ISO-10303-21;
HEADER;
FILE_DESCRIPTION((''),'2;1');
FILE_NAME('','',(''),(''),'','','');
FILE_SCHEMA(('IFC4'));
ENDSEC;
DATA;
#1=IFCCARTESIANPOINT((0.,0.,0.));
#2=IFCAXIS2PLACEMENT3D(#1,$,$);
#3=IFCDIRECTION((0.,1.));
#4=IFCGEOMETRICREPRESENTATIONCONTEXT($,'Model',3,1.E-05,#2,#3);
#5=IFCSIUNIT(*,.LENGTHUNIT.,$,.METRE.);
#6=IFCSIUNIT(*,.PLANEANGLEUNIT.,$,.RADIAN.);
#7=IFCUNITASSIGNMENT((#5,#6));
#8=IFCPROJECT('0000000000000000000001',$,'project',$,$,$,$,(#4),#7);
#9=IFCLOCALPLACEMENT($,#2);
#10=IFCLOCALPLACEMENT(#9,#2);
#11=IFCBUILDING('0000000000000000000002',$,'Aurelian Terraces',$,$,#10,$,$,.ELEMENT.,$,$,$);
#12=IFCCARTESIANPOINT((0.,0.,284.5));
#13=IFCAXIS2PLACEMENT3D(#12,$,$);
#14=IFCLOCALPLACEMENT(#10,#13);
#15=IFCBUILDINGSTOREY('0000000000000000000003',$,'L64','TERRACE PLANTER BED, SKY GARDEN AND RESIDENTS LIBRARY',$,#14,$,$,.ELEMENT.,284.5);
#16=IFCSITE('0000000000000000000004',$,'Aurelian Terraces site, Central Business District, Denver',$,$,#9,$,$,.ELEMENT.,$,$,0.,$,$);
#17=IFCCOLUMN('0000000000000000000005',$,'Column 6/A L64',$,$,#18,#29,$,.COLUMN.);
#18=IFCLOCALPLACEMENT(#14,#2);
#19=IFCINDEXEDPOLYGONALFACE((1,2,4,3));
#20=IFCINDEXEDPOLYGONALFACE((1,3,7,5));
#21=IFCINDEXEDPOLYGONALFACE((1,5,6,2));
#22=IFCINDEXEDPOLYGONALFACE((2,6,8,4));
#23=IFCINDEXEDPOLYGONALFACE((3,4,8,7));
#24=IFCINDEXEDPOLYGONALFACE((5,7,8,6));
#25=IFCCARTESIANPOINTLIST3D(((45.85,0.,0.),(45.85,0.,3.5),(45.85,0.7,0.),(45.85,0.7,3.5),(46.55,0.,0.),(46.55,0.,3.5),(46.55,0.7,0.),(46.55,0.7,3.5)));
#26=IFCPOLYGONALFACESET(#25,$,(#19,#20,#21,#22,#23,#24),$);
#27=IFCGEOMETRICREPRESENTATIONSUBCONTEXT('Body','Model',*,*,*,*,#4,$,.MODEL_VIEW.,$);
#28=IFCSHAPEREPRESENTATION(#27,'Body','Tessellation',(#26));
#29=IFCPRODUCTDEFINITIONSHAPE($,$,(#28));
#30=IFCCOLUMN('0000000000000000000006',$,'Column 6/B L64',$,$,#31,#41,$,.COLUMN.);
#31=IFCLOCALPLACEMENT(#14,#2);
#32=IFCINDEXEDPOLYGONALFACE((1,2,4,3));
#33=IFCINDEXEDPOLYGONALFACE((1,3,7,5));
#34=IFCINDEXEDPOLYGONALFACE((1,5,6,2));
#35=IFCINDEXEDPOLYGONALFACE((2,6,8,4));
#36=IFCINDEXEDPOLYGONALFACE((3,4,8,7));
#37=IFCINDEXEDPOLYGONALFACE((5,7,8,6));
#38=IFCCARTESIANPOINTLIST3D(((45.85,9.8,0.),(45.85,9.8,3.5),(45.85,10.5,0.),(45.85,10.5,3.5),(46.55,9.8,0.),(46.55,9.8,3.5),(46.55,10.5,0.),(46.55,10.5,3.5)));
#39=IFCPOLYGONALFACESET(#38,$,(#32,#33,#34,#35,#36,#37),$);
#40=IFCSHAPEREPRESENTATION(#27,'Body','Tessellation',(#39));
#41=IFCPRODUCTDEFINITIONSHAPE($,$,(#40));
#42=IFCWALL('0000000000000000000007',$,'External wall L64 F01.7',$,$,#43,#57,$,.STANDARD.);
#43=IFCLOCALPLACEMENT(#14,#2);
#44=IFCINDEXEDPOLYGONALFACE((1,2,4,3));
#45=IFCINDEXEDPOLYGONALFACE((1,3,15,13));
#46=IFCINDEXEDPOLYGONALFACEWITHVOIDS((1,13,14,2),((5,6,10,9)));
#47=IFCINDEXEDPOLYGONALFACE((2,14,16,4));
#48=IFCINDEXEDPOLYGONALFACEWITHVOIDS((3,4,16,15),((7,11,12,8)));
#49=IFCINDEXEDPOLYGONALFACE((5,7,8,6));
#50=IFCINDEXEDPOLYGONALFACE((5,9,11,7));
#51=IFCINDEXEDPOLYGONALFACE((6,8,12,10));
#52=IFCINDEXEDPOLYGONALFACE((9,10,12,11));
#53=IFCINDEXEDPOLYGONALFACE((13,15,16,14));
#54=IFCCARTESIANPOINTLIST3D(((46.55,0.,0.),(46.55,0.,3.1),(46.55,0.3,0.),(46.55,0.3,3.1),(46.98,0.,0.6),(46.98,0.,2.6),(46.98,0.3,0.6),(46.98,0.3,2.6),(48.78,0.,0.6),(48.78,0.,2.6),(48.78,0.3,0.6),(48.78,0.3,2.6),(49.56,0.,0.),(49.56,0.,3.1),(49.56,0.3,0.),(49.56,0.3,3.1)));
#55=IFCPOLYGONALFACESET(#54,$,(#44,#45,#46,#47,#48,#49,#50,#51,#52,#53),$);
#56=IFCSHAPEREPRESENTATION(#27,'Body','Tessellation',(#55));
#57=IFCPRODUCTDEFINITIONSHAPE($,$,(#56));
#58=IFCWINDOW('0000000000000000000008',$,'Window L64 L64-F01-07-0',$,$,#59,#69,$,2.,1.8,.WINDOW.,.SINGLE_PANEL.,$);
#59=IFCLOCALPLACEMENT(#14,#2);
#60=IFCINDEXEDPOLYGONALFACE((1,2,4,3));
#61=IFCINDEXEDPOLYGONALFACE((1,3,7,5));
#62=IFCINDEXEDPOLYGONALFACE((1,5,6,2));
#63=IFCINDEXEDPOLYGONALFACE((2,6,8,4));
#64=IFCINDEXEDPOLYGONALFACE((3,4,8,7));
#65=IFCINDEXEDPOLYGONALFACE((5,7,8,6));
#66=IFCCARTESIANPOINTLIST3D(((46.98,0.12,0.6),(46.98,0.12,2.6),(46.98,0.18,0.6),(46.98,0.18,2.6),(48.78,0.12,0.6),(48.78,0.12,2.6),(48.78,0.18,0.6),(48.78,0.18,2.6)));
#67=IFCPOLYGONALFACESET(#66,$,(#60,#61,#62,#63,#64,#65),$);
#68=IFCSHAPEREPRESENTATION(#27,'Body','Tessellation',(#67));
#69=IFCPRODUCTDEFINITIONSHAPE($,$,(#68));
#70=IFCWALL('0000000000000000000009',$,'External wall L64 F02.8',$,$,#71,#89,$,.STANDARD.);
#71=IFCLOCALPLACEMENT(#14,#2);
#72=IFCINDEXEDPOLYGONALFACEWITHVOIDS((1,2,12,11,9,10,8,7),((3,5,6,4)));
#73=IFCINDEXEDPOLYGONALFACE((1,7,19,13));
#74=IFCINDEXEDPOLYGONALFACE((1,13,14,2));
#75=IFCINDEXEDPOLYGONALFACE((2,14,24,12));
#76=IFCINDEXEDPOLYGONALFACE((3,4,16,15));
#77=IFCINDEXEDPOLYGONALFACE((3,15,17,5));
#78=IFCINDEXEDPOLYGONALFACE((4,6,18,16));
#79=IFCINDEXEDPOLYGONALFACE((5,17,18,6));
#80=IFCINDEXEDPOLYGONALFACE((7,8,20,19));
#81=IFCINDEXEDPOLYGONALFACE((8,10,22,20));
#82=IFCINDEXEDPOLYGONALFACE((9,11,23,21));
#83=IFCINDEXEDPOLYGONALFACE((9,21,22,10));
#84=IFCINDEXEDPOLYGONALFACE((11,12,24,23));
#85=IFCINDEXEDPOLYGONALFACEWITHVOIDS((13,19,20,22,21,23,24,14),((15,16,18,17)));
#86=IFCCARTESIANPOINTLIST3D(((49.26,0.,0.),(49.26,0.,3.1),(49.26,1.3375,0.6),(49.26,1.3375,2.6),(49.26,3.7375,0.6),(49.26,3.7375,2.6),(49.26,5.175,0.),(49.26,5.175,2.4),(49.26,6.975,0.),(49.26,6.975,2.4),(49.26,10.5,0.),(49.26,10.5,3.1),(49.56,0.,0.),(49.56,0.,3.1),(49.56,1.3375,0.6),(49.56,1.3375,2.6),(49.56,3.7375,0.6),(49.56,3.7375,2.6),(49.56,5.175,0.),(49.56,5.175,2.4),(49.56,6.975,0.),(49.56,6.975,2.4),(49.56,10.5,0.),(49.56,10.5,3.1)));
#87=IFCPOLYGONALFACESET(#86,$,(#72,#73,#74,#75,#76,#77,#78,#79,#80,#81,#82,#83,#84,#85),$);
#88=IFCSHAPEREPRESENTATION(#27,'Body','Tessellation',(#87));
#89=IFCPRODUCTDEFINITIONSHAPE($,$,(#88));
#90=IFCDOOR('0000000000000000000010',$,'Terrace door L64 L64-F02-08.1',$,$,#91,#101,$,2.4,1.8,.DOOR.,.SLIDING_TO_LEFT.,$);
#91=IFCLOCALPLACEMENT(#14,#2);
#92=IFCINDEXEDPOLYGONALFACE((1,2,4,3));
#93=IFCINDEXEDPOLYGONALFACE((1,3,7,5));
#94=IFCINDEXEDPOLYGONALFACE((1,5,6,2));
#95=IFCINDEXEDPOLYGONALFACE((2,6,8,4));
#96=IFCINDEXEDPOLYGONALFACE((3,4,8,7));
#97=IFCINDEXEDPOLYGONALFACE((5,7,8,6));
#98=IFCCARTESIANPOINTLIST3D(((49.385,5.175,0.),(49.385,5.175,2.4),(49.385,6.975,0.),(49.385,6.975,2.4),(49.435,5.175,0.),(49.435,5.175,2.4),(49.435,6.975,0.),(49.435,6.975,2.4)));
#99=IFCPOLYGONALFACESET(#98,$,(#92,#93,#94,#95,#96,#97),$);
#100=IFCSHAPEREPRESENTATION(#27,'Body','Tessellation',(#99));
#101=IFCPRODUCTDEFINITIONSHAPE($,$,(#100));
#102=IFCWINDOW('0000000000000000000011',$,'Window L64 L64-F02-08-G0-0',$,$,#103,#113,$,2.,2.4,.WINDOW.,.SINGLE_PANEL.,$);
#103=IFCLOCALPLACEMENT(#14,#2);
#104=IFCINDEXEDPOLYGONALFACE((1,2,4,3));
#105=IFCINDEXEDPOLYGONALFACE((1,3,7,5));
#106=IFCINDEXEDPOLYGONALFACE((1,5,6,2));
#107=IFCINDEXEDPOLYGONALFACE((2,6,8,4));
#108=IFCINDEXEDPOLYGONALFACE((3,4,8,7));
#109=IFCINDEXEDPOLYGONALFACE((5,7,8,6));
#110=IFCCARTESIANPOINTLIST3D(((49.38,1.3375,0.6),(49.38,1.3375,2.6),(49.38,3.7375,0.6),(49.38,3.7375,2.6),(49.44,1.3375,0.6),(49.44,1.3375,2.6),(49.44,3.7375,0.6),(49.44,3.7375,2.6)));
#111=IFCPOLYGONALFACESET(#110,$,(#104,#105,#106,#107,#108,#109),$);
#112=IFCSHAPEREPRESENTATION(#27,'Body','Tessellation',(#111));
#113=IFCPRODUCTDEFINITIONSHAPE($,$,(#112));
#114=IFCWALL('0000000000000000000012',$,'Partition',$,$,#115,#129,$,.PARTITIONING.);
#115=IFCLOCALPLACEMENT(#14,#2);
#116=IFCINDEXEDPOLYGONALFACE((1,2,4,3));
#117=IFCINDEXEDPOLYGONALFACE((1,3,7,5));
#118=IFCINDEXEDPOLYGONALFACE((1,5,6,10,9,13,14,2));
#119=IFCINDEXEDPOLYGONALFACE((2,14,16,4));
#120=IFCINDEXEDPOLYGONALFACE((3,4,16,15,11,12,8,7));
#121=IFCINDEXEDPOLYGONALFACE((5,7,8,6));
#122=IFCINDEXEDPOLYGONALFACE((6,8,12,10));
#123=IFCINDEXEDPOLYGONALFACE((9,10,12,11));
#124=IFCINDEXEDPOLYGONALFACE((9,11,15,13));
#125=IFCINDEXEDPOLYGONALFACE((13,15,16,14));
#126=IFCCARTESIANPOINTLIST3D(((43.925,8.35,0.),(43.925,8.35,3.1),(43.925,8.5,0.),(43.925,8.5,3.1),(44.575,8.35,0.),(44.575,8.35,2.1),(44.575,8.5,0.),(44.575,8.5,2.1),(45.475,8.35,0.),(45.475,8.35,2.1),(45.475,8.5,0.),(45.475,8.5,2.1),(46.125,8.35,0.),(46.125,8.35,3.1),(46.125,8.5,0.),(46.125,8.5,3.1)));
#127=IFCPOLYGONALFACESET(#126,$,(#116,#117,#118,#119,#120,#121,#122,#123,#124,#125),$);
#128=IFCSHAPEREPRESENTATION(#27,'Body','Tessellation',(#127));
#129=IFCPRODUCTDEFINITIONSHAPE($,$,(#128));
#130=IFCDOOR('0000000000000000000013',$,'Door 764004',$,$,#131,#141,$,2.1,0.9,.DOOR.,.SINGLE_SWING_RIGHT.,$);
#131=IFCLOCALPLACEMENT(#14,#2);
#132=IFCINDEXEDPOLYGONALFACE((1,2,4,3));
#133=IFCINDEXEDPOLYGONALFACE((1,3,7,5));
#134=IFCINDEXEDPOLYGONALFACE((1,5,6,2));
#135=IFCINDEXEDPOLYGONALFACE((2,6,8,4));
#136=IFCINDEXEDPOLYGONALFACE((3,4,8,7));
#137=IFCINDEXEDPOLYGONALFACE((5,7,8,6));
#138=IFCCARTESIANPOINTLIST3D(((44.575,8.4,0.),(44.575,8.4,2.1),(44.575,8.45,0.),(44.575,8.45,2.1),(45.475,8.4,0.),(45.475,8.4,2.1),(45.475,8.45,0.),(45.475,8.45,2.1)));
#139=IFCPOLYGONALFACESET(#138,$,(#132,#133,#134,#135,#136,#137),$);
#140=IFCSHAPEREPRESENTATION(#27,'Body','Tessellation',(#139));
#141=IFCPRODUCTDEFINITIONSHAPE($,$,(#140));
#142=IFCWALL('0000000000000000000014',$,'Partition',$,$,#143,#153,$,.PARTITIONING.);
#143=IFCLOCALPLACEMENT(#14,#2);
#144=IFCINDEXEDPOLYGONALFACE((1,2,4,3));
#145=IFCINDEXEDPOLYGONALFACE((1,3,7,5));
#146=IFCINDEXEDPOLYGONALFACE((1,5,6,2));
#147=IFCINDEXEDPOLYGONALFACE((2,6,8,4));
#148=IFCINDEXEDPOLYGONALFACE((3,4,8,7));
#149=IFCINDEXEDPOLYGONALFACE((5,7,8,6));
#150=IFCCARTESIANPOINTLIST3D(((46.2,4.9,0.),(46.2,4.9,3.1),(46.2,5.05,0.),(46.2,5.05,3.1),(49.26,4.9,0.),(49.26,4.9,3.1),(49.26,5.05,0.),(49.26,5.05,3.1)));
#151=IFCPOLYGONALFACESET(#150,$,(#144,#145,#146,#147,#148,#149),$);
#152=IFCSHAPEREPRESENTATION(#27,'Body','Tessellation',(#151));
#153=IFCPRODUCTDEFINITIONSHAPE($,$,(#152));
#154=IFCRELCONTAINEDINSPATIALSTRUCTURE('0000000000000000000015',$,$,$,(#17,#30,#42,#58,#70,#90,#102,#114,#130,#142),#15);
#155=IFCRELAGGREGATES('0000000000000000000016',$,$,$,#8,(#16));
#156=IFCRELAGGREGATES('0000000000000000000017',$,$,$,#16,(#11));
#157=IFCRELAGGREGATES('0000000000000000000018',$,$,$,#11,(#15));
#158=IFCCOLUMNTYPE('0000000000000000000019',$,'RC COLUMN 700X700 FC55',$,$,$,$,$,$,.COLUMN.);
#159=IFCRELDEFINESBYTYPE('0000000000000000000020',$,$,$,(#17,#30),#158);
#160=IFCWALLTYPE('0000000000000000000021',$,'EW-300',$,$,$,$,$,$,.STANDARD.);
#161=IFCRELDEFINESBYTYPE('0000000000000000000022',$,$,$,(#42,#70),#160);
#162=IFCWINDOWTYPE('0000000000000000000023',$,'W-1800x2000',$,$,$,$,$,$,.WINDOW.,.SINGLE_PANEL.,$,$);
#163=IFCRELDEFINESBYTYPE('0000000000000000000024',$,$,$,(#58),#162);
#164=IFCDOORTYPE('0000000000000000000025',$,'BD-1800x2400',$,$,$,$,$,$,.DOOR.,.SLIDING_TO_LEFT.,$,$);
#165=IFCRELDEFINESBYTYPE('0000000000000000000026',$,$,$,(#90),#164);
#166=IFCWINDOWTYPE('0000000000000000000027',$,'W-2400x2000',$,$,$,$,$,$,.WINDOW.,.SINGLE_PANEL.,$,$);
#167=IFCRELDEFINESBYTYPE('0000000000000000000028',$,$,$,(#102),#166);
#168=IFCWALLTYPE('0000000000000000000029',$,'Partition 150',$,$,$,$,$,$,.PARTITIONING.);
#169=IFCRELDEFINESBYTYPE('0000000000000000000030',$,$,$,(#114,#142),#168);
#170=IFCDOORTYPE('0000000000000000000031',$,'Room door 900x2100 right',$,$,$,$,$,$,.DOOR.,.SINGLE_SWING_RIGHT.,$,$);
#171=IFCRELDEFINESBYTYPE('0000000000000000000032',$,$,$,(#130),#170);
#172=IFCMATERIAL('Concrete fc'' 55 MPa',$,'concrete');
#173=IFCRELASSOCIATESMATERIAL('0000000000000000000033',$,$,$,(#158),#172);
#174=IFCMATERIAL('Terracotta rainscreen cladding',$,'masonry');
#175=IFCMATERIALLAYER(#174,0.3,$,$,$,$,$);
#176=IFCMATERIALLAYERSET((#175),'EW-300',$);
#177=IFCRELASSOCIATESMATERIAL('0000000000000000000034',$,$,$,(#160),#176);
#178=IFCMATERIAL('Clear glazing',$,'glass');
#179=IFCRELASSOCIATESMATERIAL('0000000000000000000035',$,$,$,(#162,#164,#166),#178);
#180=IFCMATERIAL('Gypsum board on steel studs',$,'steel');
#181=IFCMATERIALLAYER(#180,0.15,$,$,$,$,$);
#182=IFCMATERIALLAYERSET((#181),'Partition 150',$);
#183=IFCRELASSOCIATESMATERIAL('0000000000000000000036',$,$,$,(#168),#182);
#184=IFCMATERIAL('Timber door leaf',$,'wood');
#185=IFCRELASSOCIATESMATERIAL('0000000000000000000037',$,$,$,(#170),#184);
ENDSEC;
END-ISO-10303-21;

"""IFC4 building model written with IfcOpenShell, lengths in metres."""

from ifc_helpers import new_model, si_unit, direction, frame, frame_2d, origin, origin_2d, place, context, subcontext, project, spatial, rectangle, extrude, source, transform, mapped, material, layer, layer_set, material_profile, profile_set, type_object, element, fill, save


model = new_model("IFC4")

# Units and contexts
model_context = context("Model", 3, precision=1e-05, world=origin(), true_north=direction((0.0, 1.0)))
body_context = subcontext(model_context, "Body", "Model", "MODEL_VIEW")
ifc_project = project(units=[si_unit("LENGTHUNIT", "METRE"), si_unit("PLANEANGLEUNIT", "RADIAN")], contexts=[model_context])

# Site, building, storey
site_placement = place(None, origin())
site = spatial("IfcSite", under=ifc_project, at=site_placement, Name="Aurelian Terraces site, Central Business District, Denver", CompositionType="ELEMENT", RefElevation=0.0)
building_placement = place(site_placement, origin())
building = spatial("IfcBuilding", under=site, at=building_placement, Name="Aurelian Terraces", CompositionType="ELEMENT")
storey_placement = place(building_placement, frame((0.0, 0.0, 284.5)))
storey = spatial("IfcBuildingStorey", under=building, at=storey_placement, Name="L64", Description="TERRACE PLANTER BED, SKY GARDEN AND RESIDENTS LIBRARY", CompositionType="ELEMENT", Elevation=284.5)

# Columns
ifc_material_1 = material(Name="Concrete fc' 55 MPa", Category="concrete")
ifc_material_profile = material_profile(ifc_material_1, rectangle(XDim=0.7, YDim=0.7, at=origin_2d()))
ifc_profile_set = profile_set([ifc_material_profile], Name="Concrete fc' 55 MPa")
column_type = type_object("IfcColumnType", Name="RC COLUMN 700X700 FC55", PredefinedType="COLUMN", material=ifc_profile_set)
shared_shape_1 = source(origin(), body_context, "Body", "SweptSolid", [
    extrude(rectangle(XDim=0.7, YDim=0.7, at=origin_2d()), origin(), (0.0, 0.0, 1.0), 3.5),
])
for number, where, z_axis, x_axis, name in (
    (1, (46.2, 0.35, 0.0), (0.0, 0.0, 1.0), (1.0, 0.0, 0.0), "Column 6/A L64"),
    (2, (46.2, 10.15, 0.0), (0.0, 0.0, 1.0), (1.0, 0.0, 0.0), "Column 6/B L64"),
):
    element("IfcColumn", number, at=place(storey_placement, frame(where, z_axis=z_axis, x_axis=x_axis)), inside=storey, type_object=column_type, Name=name, PredefinedType="COLUMN", context=body_context, shape_type="MappedRepresentation", body=[
        mapped(shared_shape_1, transform((0.0, 0.0, 0.0), scale=1.0)),
    ])

# Wall, opening, window
ifc_material_2 = material(Name="Terracotta rainscreen cladding", Category="masonry")
ifc_layer_1 = layer(ifc_material_2, 0.3)
ifc_layer_set_1 = layer_set([ifc_layer_1], Name="EW-300")
wall_type_1 = type_object("IfcWallType", Name="EW-300", PredefinedType="STANDARD", material=ifc_layer_set_1)
wall_1_placement = place(storey_placement, frame((46.55, 0.15, 0.0), z_axis=(0.0, 0.0, 1.0), x_axis=(1.0, 0.0, 0.0)))
wall_1 = element("IfcWall", 3, at=wall_1_placement, inside=storey, type_object=wall_type_1, Name="External wall L64 F01.7", PredefinedType="STANDARD", context=body_context, shape_type="SweptSolid", body=[
    extrude(rectangle(XDim=3.01, YDim=0.3, at=frame_2d((1.505, 0.0))), origin(), (0.0, 0.0, 1.0), 3.1),
])
shared_shape_2 = source(origin(), body_context, "Body", "SweptSolid", [
    extrude(rectangle(XDim=1.8, YDim=2.0, at=frame_2d((0.9, 1.0))), frame((0.0, 0.16, 0.0), z_axis=(0.0, -1.0, 0.0), x_axis=(1.0, 0.0, 0.0)), (0.0, 0.0, 1.0), 0.32),
])
opening_1_placement = place(wall_1_placement, frame((0.43, 0.0, 0.6)))
opening_1 = element("IfcOpeningElement", 4, at=opening_1_placement, cuts=wall_1, PredefinedType="OPENING", context=body_context, shape_type="MappedRepresentation", body=[
    mapped(shared_shape_2, transform((0.0, 0.0, 0.0), scale=1.0)),
])
ifc_material_3 = material(Name="Clear glazing", Category="glass")
window_type_1 = type_object("IfcWindowType", Name="W-1800x2000", PartitioningType="SINGLE_PANEL", PredefinedType="WINDOW", material=ifc_material_3)
shared_shape_3 = source(origin(), body_context, "Body", "SweptSolid", [
    extrude(rectangle(XDim=1.8, YDim=2.0, at=frame_2d((0.9, 1.0))), frame((0.0, 0.03, 0.0), z_axis=(0.0, -1.0, 0.0), x_axis=(1.0, 0.0, 0.0)), (0.0, 0.0, 1.0), 0.06),
])
window_1_placement = place(opening_1_placement, origin())
window_1 = element("IfcWindow", 5, at=window_1_placement, inside=storey, type_object=window_type_1, Name="Window L64 L64-F01-07-0", OverallHeight=2.0, OverallWidth=1.8, PartitioningType="SINGLE_PANEL", PredefinedType="WINDOW", context=body_context, shape_type="MappedRepresentation", body=[
    mapped(shared_shape_3, transform((0.0, 0.0, 0.0), scale=1.0)),
])
fill(opening_1, window_1)

# Wall, openings, door, window
wall_2_placement = place(storey_placement, frame((49.41, 0.0, 0.0), z_axis=(0.0, 0.0, 1.0), x_axis=(0.0, 1.0, 0.0)))
wall_2 = element("IfcWall", 6, at=wall_2_placement, inside=storey, type_object=wall_type_1, Name="External wall L64 F02.8", PredefinedType="STANDARD", context=body_context, shape_type="SweptSolid", body=[
    extrude(rectangle(XDim=10.5, YDim=0.3, at=frame_2d((5.25, 0.0))), origin(), (0.0, 0.0, 1.0), 3.1),
])
shared_shape_4 = source(origin(), body_context, "Body", "SweptSolid", [
    extrude(rectangle(XDim=1.8, YDim=2.4, at=frame_2d((0.9, 1.2))), frame((0.0, 0.16, 0.0), z_axis=(0.0, -1.0, 0.0), x_axis=(1.0, 0.0, 0.0)), (0.0, 0.0, 1.0), 0.32),
])
opening_2_placement = place(wall_2_placement, frame((5.175, 0.0, 0.0)))
opening_2 = element("IfcOpeningElement", 7, at=opening_2_placement, cuts=wall_2, PredefinedType="OPENING", context=body_context, shape_type="MappedRepresentation", body=[
    mapped(shared_shape_4, transform((0.0, 0.0, 0.0), scale=1.0)),
])
shared_shape_5 = source(origin(), body_context, "Body", "SweptSolid", [
    extrude(rectangle(XDim=2.4, YDim=2.0, at=frame_2d((1.2, 1.0))), frame((0.0, 0.16, 0.0), z_axis=(0.0, -1.0, 0.0), x_axis=(1.0, 0.0, 0.0)), (0.0, 0.0, 1.0), 0.32),
])
opening_3_placement = place(wall_2_placement, frame((1.3375, 0.0, 0.6)))
opening_3 = element("IfcOpeningElement", 8, at=opening_3_placement, cuts=wall_2, PredefinedType="OPENING", context=body_context, shape_type="MappedRepresentation", body=[
    mapped(shared_shape_5, transform((0.0, 0.0, 0.0), scale=1.0)),
])
door_type_1 = type_object("IfcDoorType", Name="BD-1800x2400", OperationType="SLIDING_TO_LEFT", PredefinedType="DOOR", material=ifc_material_3)
shared_shape_6 = source(origin(), body_context, "Body", "SweptSolid", [
    extrude(rectangle(XDim=1.8, YDim=2.4, at=frame_2d((0.9, 1.2))), frame((0.0, 0.025, 0.0), z_axis=(0.0, -1.0, 0.0), x_axis=(1.0, 0.0, 0.0)), (0.0, 0.0, 1.0), 0.05),
])
door_1_placement = place(opening_2_placement, origin())
door_1 = element("IfcDoor", 9, at=door_1_placement, inside=storey, type_object=door_type_1, Name="Terrace door L64 L64-F02-08.1", OperationType="SLIDING_TO_LEFT", OverallHeight=2.4, OverallWidth=1.8, PredefinedType="DOOR", context=body_context, shape_type="MappedRepresentation", body=[
    mapped(shared_shape_6, transform((0.0, 0.0, 0.0), scale=1.0)),
])
fill(opening_2, door_1)
window_type_2 = type_object("IfcWindowType", Name="W-2400x2000", PartitioningType="SINGLE_PANEL", PredefinedType="WINDOW", material=ifc_material_3)
shared_shape_7 = source(origin(), body_context, "Body", "SweptSolid", [
    extrude(rectangle(XDim=2.4, YDim=2.0, at=frame_2d((1.2, 1.0))), frame((0.0, 0.03, 0.0), z_axis=(0.0, -1.0, 0.0), x_axis=(1.0, 0.0, 0.0)), (0.0, 0.0, 1.0), 0.06),
])
window_2_placement = place(opening_3_placement, origin())
window_2 = element("IfcWindow", 10, at=window_2_placement, inside=storey, type_object=window_type_2, Name="Window L64 L64-F02-08-G0-0", OverallHeight=2.0, OverallWidth=2.4, PartitioningType="SINGLE_PANEL", PredefinedType="WINDOW", context=body_context, shape_type="MappedRepresentation", body=[
    mapped(shared_shape_7, transform((0.0, 0.0, 0.0), scale=1.0)),
])
fill(opening_3, window_2)

# Wall, opening, door
ifc_material_4 = material(Name="Gypsum board on steel studs", Category="steel")
ifc_layer_2 = layer(ifc_material_4, 0.15)
ifc_layer_set_2 = layer_set([ifc_layer_2], Name="Partition 150")
wall_type_2 = type_object("IfcWallType", Name="Partition 150", PredefinedType="PARTITIONING", material=ifc_layer_set_2)
wall_3_placement = place(storey_placement, frame((46.125, 8.425, 0.0), z_axis=(0.0, 0.0, 1.0), x_axis=(-1.0, 0.0, 0.0)))
wall_3 = element("IfcWall", 11, at=wall_3_placement, inside=storey, type_object=wall_type_2, Name="Partition", PredefinedType="PARTITIONING", context=body_context, shape_type="SweptSolid", body=[
    extrude(rectangle(XDim=2.2, YDim=0.15, at=frame_2d((1.1, 0.0))), origin(), (0.0, 0.0, 1.0), 3.1),
])
shared_shape_8 = source(origin(), body_context, "Body", "SweptSolid", [
    extrude(rectangle(XDim=0.9, YDim=2.1, at=frame_2d((0.45, 1.05))), frame((0.0, 0.085, 0.0), z_axis=(0.0, -1.0, 0.0), x_axis=(1.0, 0.0, 0.0)), (0.0, 0.0, 1.0), 0.17),
])
opening_4_placement = place(wall_3_placement, frame((0.65, 0.0, 0.0)))
opening_4 = element("IfcOpeningElement", 12, at=opening_4_placement, cuts=wall_3, PredefinedType="OPENING", context=body_context, shape_type="MappedRepresentation", body=[
    mapped(shared_shape_8, transform((0.0, 0.0, 0.0), scale=1.0)),
])
ifc_material_5 = material(Name="Timber door leaf", Category="wood")
door_type_2 = type_object("IfcDoorType", Name="Room door 900x2100 right", OperationType="SINGLE_SWING_RIGHT", PredefinedType="DOOR", material=ifc_material_5)
shared_shape_9 = source(origin(), body_context, "Body", "SweptSolid", [
    extrude(rectangle(XDim=0.9, YDim=2.1, at=frame_2d((0.45, 1.05))), frame((0.0, 0.025, 0.0), z_axis=(0.0, -1.0, 0.0), x_axis=(1.0, 0.0, 0.0)), (0.0, 0.0, 1.0), 0.05),
])
door_2_placement = place(opening_4_placement, origin())
door_2 = element("IfcDoor", 13, at=door_2_placement, inside=storey, type_object=door_type_2, Name="Door 764004", OperationType="SINGLE_SWING_RIGHT", OverallHeight=2.1, OverallWidth=0.9, PredefinedType="DOOR", context=body_context, shape_type="MappedRepresentation", body=[
    mapped(shared_shape_9, transform((0.0, 0.0, 0.0), scale=1.0)),
])
fill(opening_4, door_2)

# Wall
wall_4_placement = place(storey_placement, frame((49.26, 4.975, 0.0), z_axis=(0.0, 0.0, 1.0), x_axis=(-1.0, 0.0, 0.0)))
element("IfcWall", 14, at=wall_4_placement, inside=storey, type_object=wall_type_2, Name="Partition", PredefinedType="PARTITIONING", context=body_context, shape_type="SweptSolid", body=[
    extrude(rectangle(XDim=3.06, YDim=0.15, at=frame_2d((1.53, 0.0))), origin(), (0.0, 0.0, 1.0), 3.1),
])

save(model, "model.ifc")
